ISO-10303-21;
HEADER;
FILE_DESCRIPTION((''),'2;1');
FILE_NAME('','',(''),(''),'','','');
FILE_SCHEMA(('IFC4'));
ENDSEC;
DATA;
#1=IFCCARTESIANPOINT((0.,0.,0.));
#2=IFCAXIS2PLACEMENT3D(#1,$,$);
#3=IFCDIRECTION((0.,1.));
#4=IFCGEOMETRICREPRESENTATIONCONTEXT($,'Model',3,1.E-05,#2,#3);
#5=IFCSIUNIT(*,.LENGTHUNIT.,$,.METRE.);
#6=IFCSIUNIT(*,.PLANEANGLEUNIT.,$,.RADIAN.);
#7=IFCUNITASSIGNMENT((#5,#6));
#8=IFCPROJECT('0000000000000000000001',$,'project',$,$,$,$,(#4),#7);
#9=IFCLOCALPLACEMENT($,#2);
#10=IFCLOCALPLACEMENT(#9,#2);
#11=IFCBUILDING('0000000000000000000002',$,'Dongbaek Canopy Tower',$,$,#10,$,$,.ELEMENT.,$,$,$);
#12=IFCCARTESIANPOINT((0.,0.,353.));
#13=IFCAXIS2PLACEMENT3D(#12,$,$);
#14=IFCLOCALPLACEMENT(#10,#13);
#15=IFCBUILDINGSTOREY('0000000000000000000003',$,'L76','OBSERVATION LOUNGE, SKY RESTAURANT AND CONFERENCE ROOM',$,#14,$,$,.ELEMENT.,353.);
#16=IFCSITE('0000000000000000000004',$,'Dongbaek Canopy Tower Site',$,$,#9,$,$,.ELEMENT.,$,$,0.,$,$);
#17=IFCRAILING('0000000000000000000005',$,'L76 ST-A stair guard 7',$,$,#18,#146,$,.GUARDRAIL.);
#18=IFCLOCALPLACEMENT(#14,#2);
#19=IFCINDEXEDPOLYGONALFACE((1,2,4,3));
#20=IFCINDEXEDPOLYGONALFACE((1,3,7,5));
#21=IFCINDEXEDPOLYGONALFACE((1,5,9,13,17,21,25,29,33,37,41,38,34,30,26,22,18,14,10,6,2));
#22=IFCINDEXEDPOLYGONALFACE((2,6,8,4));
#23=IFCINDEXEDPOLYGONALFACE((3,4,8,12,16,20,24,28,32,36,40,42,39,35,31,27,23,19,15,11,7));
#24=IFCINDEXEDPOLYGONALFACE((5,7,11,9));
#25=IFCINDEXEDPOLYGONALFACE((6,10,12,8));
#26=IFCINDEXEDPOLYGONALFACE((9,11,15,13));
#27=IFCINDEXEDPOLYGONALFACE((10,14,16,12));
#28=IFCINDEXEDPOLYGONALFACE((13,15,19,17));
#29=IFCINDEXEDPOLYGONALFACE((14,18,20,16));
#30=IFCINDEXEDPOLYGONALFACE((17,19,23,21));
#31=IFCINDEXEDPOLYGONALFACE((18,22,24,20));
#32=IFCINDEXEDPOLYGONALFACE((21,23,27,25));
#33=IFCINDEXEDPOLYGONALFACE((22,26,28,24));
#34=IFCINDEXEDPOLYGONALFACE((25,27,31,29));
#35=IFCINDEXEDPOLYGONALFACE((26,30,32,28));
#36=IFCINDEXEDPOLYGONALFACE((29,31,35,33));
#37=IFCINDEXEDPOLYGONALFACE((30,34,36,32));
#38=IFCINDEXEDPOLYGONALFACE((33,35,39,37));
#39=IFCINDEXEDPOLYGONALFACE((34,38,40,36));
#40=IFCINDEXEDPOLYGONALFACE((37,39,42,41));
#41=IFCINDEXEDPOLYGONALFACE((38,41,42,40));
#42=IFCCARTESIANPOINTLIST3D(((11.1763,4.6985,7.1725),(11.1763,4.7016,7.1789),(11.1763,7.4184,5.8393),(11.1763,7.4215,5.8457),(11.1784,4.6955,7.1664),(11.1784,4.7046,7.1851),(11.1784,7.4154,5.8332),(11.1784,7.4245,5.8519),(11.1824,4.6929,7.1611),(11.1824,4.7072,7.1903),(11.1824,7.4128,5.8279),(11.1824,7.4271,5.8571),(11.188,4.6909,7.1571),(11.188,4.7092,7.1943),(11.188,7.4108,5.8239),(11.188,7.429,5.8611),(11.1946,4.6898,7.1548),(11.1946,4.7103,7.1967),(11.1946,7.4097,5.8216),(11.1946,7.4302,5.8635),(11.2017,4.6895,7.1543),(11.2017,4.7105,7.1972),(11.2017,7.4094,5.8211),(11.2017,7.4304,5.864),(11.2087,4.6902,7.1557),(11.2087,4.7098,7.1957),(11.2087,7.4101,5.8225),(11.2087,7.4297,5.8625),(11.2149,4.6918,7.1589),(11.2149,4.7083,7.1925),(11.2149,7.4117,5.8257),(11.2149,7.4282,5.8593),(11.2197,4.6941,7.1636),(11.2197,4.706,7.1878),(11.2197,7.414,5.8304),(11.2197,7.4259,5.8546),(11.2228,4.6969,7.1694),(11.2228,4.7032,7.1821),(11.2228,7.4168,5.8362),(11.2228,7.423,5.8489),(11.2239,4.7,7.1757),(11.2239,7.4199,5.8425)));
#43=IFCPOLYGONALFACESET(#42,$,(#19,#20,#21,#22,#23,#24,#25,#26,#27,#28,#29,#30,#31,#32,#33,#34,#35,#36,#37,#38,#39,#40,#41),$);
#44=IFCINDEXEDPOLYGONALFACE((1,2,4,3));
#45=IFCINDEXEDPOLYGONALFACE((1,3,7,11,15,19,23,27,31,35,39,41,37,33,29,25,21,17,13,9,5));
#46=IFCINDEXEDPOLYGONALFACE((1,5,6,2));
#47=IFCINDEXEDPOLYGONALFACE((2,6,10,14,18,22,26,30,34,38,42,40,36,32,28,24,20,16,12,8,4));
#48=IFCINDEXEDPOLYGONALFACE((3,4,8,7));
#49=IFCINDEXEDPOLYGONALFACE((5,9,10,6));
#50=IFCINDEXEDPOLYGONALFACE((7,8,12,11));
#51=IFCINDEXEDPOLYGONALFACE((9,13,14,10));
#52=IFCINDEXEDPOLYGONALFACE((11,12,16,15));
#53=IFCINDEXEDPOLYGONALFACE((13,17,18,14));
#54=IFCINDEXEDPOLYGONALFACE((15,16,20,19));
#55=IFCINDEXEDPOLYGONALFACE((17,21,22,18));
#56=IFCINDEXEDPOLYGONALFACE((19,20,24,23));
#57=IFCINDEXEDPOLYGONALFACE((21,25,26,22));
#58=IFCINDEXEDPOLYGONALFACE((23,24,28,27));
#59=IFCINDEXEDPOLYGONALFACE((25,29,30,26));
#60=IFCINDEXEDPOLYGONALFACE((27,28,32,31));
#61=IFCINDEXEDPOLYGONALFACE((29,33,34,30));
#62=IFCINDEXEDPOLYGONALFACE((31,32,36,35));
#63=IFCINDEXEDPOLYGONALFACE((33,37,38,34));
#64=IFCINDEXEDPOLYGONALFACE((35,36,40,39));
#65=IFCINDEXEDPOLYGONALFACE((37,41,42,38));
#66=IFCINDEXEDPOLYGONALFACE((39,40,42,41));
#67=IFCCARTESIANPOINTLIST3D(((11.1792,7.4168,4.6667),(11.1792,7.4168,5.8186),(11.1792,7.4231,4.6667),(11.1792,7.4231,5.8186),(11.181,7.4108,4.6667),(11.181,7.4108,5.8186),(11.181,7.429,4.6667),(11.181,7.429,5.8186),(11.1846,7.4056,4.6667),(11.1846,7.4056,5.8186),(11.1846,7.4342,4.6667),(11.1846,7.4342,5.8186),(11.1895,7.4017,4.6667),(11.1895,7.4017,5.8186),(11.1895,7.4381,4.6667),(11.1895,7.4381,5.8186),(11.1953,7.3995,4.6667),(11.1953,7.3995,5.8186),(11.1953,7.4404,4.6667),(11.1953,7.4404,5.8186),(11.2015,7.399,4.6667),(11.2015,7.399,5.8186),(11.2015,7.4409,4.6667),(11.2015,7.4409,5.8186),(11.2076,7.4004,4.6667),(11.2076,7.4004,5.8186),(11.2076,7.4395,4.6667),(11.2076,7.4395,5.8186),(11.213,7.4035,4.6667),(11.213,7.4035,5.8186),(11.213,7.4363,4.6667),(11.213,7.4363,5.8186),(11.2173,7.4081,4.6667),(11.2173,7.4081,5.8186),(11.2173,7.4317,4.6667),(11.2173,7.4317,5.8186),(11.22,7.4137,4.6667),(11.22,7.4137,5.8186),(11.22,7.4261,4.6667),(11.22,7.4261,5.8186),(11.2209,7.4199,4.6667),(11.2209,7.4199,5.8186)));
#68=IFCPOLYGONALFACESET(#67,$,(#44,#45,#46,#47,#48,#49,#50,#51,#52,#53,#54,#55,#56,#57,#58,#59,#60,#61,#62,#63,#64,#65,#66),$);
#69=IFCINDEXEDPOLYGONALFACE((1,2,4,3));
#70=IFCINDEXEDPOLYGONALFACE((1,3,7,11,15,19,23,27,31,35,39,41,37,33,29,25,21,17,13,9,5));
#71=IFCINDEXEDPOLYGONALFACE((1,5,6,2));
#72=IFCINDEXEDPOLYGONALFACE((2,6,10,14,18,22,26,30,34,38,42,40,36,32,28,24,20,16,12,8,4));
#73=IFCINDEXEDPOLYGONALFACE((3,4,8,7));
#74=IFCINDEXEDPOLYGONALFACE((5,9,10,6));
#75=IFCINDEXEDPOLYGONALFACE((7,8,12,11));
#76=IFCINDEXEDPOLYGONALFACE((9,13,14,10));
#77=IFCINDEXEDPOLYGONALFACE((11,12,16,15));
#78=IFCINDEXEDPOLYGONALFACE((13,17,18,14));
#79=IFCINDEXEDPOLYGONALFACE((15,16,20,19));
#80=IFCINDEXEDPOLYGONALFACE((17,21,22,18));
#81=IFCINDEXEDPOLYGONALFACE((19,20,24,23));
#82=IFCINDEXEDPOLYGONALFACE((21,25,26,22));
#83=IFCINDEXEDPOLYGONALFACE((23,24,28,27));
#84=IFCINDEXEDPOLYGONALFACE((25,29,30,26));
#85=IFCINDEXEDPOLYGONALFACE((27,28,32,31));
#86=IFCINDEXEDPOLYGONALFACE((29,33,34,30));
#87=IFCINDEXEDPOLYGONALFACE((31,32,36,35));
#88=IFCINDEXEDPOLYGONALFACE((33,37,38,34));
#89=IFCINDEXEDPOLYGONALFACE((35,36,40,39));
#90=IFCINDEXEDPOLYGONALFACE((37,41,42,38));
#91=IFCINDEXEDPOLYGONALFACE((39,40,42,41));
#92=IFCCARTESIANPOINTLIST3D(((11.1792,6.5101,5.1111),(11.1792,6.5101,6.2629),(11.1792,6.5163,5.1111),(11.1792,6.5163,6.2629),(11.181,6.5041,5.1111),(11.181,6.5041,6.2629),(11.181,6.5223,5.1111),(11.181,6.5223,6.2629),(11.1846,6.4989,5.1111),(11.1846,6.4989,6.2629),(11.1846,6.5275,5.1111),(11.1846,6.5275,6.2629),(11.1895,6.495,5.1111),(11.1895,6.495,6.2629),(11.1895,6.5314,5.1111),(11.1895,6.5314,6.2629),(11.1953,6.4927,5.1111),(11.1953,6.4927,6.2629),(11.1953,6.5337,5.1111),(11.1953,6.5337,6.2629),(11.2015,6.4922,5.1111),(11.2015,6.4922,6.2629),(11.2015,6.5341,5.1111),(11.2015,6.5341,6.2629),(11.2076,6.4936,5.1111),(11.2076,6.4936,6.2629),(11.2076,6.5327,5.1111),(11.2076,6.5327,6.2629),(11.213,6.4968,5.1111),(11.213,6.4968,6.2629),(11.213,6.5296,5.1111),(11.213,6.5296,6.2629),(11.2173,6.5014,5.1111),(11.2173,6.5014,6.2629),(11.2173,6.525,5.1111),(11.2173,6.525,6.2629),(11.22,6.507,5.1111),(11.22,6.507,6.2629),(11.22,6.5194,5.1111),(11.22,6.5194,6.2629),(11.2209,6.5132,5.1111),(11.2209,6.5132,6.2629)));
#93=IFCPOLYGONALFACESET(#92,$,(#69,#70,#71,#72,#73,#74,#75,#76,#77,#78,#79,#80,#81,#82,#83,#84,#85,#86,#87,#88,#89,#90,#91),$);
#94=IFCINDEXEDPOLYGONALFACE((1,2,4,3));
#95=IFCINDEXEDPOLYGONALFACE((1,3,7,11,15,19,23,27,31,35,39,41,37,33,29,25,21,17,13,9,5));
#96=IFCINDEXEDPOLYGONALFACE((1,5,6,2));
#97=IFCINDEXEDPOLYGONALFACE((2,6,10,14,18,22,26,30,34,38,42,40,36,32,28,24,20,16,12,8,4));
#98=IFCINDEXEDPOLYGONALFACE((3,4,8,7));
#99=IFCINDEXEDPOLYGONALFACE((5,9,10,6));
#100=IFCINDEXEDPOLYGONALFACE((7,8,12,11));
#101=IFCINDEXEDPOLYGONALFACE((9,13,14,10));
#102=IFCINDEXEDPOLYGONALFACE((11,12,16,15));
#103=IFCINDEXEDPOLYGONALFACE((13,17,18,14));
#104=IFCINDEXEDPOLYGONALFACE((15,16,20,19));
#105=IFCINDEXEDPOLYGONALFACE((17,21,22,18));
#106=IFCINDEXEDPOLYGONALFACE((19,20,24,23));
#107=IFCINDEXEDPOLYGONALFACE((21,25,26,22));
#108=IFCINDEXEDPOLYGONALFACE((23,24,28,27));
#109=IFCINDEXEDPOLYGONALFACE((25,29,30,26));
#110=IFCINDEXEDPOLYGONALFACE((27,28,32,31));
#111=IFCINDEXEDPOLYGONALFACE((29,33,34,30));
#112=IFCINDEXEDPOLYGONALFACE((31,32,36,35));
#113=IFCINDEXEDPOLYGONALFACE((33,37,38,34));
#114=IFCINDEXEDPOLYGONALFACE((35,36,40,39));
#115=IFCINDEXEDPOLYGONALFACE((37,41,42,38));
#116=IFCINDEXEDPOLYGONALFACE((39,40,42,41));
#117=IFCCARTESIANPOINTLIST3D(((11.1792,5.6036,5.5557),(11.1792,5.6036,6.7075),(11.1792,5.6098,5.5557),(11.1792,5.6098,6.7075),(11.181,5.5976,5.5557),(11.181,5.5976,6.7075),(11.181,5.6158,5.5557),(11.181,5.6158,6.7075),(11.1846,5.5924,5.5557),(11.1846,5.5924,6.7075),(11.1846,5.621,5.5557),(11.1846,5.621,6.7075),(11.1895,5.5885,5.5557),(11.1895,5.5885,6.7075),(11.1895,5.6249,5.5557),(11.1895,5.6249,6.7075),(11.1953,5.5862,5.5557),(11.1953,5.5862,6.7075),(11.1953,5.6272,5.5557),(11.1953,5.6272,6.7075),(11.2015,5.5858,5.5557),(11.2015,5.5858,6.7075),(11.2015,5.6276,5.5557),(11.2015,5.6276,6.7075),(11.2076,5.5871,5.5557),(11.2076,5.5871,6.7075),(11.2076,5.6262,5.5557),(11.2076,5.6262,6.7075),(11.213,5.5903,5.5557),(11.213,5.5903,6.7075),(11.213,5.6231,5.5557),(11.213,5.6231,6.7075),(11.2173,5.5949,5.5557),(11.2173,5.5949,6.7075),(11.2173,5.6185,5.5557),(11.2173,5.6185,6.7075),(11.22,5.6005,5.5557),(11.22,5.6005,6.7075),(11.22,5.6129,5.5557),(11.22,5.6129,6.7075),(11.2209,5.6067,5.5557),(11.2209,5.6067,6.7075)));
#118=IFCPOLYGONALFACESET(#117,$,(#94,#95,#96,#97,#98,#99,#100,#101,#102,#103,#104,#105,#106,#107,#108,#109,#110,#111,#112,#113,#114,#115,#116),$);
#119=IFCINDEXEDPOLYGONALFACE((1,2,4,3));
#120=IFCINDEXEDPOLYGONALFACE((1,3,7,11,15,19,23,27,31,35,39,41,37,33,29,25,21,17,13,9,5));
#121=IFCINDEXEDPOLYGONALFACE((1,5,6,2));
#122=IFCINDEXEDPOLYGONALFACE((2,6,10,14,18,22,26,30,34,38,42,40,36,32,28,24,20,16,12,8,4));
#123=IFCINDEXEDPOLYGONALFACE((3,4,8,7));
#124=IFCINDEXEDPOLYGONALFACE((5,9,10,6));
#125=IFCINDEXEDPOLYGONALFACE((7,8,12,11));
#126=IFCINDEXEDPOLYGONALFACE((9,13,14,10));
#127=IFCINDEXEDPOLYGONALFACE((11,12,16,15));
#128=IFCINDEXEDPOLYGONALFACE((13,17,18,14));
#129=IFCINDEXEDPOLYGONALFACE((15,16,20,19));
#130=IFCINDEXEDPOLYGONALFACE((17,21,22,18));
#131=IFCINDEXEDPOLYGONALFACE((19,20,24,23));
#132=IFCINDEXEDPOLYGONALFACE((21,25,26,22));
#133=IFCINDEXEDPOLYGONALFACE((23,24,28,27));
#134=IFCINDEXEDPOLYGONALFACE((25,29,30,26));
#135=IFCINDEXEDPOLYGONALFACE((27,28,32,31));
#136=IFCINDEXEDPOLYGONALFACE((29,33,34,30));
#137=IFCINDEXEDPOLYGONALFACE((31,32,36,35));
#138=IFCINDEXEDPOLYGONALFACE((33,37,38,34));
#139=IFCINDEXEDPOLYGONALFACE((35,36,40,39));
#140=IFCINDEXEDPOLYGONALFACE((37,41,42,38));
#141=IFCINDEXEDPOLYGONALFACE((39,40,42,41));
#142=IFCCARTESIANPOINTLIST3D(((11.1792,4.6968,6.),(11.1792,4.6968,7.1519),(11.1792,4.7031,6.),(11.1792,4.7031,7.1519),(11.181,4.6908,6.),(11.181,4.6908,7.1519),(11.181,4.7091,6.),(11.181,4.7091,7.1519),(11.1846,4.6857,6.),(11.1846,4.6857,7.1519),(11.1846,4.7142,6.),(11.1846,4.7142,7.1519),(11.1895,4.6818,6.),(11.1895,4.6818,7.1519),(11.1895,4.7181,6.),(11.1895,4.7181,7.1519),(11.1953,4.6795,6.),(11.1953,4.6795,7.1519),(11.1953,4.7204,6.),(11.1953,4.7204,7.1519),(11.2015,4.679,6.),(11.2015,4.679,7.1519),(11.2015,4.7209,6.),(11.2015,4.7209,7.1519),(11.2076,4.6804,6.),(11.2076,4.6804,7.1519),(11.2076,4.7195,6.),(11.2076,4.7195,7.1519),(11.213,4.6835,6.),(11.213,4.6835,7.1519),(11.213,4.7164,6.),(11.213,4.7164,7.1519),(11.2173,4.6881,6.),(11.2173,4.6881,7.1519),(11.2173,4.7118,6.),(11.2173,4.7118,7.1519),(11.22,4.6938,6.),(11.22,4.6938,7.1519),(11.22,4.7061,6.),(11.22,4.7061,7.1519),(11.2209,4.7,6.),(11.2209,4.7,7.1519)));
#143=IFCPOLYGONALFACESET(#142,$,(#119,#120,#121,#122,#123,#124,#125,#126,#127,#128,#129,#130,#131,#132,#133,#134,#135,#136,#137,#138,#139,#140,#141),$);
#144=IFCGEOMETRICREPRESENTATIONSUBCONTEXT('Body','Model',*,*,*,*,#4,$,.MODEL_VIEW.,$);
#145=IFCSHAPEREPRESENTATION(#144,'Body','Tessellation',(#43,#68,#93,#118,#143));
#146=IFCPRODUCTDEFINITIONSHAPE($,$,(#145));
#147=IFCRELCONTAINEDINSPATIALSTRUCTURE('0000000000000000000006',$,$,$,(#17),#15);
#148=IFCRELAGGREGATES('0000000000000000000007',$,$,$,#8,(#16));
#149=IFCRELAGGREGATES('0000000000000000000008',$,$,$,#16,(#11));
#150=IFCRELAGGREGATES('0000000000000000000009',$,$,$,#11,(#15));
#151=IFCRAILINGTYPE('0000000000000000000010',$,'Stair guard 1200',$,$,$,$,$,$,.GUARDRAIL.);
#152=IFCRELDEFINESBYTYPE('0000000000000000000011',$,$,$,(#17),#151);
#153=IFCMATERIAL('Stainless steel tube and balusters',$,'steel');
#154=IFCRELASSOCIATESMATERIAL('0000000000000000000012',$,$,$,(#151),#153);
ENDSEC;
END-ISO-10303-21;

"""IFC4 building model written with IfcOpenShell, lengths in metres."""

from ifc_helpers import new_model, si_unit, direction, frame, origin, origin_2d, place, context, subcontext, project, spatial, circle, extrude, material, type_object, element, save


model = new_model("IFC4")

# Units and contexts
model_context = context("Model", 3, precision=1e-05, world=origin(), true_north=direction((0.0, 1.0)))
body_context = subcontext(model_context, "Body", "Model", "MODEL_VIEW")
ifc_project = project(units=[si_unit("LENGTHUNIT", "METRE"), si_unit("PLANEANGLEUNIT", "RADIAN")], contexts=[model_context])

# Site, building, storey
site_placement = place(None, origin())
site = spatial("IfcSite", under=ifc_project, at=site_placement, Name="Dongbaek Canopy Tower Site", CompositionType="ELEMENT", RefElevation=0.0)
building_placement = place(site_placement, origin())
building = spatial("IfcBuilding", under=site, at=building_placement, Name="Dongbaek Canopy Tower", CompositionType="ELEMENT")
storey_placement = place(building_placement, frame((0.0, 0.0, 353.0)))
storey = spatial("IfcBuildingStorey", under=building, at=storey_placement, Name="L76", Description="OBSERVATION LOUNGE, SKY RESTAURANT AND CONFERENCE ROOM", CompositionType="ELEMENT", Elevation=353.0)

# Railing
ifc_material_1 = material(Name="Stainless steel tube and balusters", Category="steel")
railing_type_1 = type_object("IfcRailingType", Name="Stair guard 1200", PredefinedType="GUARDRAIL", material=ifc_material_1)
railing_1_placement = place(storey_placement, frame((11.2, 7.4199, 4.6667)))
element("IfcRailing", 1, at=railing_1_placement, inside=storey, type_object=railing_type_1, Name="L76 ST-A stair guard 7", PredefinedType="GUARDRAIL", context=body_context, shape_type="SweptSolid", body=[
    extrude(circle(Radius=0.0239, at=origin_2d()), frame((0.0, 0.0, 1.1758), z_axis=(0.0, -0.897929, 0.440139), x_axis=(1.0, 0.0, 0.0)), (0.0, 0.0, 1.0), 3.0291),
    extrude(circle(Radius=0.021, at=origin_2d()), origin(), (0.0, 0.0, 1.0), 1.1519),
    extrude(circle(Radius=0.021, at=origin_2d()), frame((0.0, -0.9067, 0.4443)), (0.0, 0.0, 1.0), 1.1519),
    extrude(circle(Radius=0.021, at=origin_2d()), frame((0.0, -1.8132, 0.8889)), (0.0, 0.0, 1.0), 1.1519),
    extrude(circle(Radius=0.021, at=origin_2d()), frame((0.0, -2.72, 1.3333)), (0.0, 0.0, 1.0), 1.1519),
])

save(model, "model.ifc")
